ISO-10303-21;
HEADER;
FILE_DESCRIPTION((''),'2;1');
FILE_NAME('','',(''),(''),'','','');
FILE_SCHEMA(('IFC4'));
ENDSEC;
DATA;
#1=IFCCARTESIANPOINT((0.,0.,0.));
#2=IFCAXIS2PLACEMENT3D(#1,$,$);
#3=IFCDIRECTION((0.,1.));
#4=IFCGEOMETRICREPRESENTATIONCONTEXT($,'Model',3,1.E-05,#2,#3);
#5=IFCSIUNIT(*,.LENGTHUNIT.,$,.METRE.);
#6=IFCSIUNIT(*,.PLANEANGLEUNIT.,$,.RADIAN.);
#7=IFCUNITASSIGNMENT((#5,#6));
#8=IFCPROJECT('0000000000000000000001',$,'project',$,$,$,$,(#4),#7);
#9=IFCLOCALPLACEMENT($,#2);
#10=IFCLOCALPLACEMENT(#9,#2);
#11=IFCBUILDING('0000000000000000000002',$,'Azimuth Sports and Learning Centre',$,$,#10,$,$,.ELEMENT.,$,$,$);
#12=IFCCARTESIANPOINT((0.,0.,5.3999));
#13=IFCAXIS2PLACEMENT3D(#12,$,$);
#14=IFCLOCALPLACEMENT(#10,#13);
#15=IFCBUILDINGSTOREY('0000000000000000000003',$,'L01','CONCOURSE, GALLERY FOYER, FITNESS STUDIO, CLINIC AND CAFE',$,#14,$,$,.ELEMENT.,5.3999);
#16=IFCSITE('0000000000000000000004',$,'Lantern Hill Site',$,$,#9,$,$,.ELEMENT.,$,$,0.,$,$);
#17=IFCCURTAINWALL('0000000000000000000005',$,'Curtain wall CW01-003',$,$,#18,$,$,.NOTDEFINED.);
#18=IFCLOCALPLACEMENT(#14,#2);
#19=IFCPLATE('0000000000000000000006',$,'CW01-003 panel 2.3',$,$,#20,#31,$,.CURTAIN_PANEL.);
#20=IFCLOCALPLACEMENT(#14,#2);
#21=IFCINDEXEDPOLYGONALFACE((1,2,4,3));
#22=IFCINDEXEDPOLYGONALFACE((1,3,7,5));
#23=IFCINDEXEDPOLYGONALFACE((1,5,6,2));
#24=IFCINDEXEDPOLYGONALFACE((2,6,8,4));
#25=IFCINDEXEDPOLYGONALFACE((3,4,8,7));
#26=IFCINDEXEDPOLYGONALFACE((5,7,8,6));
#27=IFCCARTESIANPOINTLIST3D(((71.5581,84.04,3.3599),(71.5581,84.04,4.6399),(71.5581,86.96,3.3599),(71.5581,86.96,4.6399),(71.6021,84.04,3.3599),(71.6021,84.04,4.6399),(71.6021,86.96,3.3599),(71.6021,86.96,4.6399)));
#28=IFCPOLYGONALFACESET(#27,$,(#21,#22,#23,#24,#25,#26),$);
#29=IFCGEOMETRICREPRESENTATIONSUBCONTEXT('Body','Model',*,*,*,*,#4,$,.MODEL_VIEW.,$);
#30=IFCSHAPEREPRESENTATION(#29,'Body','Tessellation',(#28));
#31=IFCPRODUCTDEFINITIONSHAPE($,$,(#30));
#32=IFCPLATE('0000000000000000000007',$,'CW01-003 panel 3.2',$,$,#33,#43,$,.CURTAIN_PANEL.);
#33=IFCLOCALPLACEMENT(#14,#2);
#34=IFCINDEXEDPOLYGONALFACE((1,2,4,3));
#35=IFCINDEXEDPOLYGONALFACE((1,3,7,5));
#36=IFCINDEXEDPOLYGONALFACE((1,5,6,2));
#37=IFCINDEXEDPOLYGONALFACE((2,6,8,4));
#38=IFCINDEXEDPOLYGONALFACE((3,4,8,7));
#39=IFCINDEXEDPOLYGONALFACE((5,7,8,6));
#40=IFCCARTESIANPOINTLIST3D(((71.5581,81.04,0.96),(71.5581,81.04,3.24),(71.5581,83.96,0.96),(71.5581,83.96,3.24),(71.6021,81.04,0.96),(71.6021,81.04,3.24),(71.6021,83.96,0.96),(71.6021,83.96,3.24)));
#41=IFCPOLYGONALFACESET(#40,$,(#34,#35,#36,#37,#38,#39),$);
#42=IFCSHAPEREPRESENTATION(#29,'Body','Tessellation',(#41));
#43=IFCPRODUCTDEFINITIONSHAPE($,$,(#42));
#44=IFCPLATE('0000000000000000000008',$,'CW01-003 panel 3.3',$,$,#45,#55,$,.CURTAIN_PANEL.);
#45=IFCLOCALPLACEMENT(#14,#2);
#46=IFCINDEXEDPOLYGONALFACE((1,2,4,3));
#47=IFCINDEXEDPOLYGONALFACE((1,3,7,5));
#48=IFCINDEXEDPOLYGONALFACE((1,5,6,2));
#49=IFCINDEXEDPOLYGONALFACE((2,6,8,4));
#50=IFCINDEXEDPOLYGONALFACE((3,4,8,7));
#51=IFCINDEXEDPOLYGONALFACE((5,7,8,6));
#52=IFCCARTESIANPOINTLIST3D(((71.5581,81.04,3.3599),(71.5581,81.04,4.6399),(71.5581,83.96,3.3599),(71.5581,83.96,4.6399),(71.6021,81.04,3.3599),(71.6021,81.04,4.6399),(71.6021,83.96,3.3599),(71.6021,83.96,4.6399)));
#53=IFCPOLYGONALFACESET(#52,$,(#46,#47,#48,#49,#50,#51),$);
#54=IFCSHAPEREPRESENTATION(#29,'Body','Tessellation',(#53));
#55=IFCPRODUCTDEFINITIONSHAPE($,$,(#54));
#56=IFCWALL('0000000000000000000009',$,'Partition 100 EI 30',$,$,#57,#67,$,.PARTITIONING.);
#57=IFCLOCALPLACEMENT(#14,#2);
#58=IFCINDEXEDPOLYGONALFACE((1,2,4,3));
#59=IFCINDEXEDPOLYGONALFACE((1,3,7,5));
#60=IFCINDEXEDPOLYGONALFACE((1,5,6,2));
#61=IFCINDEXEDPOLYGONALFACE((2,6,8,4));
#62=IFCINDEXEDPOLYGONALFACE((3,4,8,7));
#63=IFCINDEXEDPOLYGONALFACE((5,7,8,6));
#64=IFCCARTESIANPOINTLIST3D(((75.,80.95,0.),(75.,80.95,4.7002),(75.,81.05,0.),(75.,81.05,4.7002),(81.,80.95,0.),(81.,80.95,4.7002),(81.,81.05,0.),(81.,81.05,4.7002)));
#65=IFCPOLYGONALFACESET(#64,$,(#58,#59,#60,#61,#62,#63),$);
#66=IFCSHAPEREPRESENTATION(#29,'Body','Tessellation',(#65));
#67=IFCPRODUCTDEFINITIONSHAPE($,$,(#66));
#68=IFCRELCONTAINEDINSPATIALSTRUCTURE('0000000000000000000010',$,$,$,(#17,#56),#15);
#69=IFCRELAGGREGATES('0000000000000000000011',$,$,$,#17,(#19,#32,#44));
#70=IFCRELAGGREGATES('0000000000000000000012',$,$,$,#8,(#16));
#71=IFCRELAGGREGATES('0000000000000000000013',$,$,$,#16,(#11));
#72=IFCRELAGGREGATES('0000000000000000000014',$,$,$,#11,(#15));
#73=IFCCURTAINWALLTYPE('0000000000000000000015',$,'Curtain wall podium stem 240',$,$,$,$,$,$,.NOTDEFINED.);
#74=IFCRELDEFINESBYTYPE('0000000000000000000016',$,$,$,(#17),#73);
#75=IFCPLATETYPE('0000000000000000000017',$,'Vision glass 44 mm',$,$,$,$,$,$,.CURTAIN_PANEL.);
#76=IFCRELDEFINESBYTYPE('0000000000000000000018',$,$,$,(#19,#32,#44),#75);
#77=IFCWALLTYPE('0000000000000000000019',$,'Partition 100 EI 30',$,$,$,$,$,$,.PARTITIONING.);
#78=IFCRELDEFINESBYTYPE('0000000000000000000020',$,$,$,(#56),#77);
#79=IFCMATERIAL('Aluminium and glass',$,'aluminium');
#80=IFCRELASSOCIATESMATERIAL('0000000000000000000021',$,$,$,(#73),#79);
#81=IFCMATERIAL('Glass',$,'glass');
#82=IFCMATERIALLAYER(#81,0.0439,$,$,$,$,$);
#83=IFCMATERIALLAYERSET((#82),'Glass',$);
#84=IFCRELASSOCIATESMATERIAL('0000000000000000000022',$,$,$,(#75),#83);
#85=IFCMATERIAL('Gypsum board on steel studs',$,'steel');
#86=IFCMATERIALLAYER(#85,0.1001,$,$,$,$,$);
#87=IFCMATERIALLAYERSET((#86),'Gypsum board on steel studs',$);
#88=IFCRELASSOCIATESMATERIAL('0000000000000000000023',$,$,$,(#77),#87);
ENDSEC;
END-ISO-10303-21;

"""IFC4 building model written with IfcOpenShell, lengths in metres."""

from ifc_helpers import new_model, si_unit, direction, frame, frame_2d, origin, origin_2d, place, context, subcontext, project, spatial, rectangle, extrude, material, layer, layer_set, type_object, element, aggregate, save


model = new_model("IFC4")

# Units and contexts
model_context = context("Model", 3, precision=1e-05, world=origin(), true_north=direction((0.0, 1.0)))
body_context = subcontext(model_context, "Body", "Model", "MODEL_VIEW")
ifc_project = project(units=[si_unit("LENGTHUNIT", "METRE"), si_unit("PLANEANGLEUNIT", "RADIAN")], contexts=[model_context])

# Site, building, storey
site_placement = place(None, origin())
site = spatial("IfcSite", under=ifc_project, at=site_placement, Name="Lantern Hill Site", CompositionType="ELEMENT", RefElevation=0.0)
building_placement = place(site_placement, origin())
building = spatial("IfcBuilding", under=site, at=building_placement, Name="Azimuth Sports and Learning Centre", CompositionType="ELEMENT")
storey_placement = place(building_placement, frame((0.0, 0.0, 5.3999)))
storey = spatial("IfcBuildingStorey", under=building, at=storey_placement, Name="L01", Description="CONCOURSE, GALLERY FOYER, FITNESS STUDIO, CLINIC AND CAFE", CompositionType="ELEMENT", Elevation=5.3999)

# Curtain wall, plates
ifc_material_1 = material(Name="Aluminium and glass", Category="aluminium")
curtain_wall_type = type_object("IfcCurtainWallType", Name="Curtain wall podium stem 240", PredefinedType="NOTDEFINED", material=ifc_material_1)
curtain_wall_placement = place(storey_placement, origin())
curtain_wall = element("IfcCurtainWall", 1, at=curtain_wall_placement, inside=storey, type_object=curtain_wall_type, Name="Curtain wall CW01-003", PredefinedType="NOTDEFINED")
ifc_material_2 = material(Name="Glass", Category="glass")
ifc_layer_1 = layer(ifc_material_2, 0.0439)
ifc_layer_set_1 = layer_set([ifc_layer_1], Name="Glass")
plate_type_1 = type_object("IfcPlateType", Name="Vision glass 44 mm", PredefinedType="CURTAIN_PANEL", material=ifc_layer_set_1)
plate_1_placement = place(storey_placement, frame((71.5801, 85.5, 3.3599), z_axis=(0.0, 0.0, 1.0), x_axis=(0.0, -1.0, 0.0)))
plate_1 = element("IfcPlate", 2, at=plate_1_placement, type_object=plate_type_1, Name="CW01-003 panel 2.3", PredefinedType="CURTAIN_PANEL", context=body_context, shape_type="SweptSolid", body=[
    extrude(rectangle(XDim=2.9199, YDim=0.0439, at=origin_2d()), origin(), (0.0, 0.0, 1.0), 1.28),
])
plate_2_placement = place(storey_placement, frame((71.5801, 82.5, 0.96), z_axis=(0.0, 0.0, 1.0), x_axis=(0.0, -1.0, 0.0)))
plate_2 = element("IfcPlate", 3, at=plate_2_placement, type_object=plate_type_1, Name="CW01-003 panel 3.2", PredefinedType="CURTAIN_PANEL", context=body_context, shape_type="SweptSolid", body=[
    extrude(rectangle(XDim=2.9199, YDim=0.0439, at=origin_2d()), origin(), (0.0, 0.0, 1.0), 2.28),
])
plate_3_placement = place(storey_placement, frame((71.5801, 82.5, 3.3599), z_axis=(0.0, 0.0, 1.0), x_axis=(0.0, -1.0, 0.0)))
plate_3 = element("IfcPlate", 4, at=plate_3_placement, type_object=plate_type_1, Name="CW01-003 panel 3.3", PredefinedType="CURTAIN_PANEL", context=body_context, shape_type="SweptSolid", body=[
    extrude(rectangle(XDim=2.9199, YDim=0.0439, at=origin_2d()), origin(), (0.0, 0.0, 1.0), 1.28),
])
aggregate(curtain_wall, [plate_1, plate_2, plate_3])

# Wall
ifc_material_3 = material(Name="Gypsum board on steel studs", Category="steel")
ifc_layer_2 = layer(ifc_material_3, 0.1001)
ifc_layer_set_2 = layer_set([ifc_layer_2], Name="Gypsum board on steel studs")
wall_type = type_object("IfcWallType", Name="Partition 100 EI 30", PredefinedType="PARTITIONING", material=ifc_layer_set_2)
wall_placement = place(storey_placement, frame((75.0, 81.0, 0.0), z_axis=(0.0, 0.0, 1.0), x_axis=(1.0, 0.0, 0.0)))
element("IfcWall", 5, at=wall_placement, inside=storey, type_object=wall_type, Name="Partition 100 EI 30", PredefinedType="PARTITIONING", context=body_context, shape_type="SweptSolid", body=[
    extrude(rectangle(XDim=6.0, YDim=0.1001, at=frame_2d((3.0, 0.0))), origin(), (0.0, 0.0, 1.0), 4.7002),
])

save(model, "model.ifc")
